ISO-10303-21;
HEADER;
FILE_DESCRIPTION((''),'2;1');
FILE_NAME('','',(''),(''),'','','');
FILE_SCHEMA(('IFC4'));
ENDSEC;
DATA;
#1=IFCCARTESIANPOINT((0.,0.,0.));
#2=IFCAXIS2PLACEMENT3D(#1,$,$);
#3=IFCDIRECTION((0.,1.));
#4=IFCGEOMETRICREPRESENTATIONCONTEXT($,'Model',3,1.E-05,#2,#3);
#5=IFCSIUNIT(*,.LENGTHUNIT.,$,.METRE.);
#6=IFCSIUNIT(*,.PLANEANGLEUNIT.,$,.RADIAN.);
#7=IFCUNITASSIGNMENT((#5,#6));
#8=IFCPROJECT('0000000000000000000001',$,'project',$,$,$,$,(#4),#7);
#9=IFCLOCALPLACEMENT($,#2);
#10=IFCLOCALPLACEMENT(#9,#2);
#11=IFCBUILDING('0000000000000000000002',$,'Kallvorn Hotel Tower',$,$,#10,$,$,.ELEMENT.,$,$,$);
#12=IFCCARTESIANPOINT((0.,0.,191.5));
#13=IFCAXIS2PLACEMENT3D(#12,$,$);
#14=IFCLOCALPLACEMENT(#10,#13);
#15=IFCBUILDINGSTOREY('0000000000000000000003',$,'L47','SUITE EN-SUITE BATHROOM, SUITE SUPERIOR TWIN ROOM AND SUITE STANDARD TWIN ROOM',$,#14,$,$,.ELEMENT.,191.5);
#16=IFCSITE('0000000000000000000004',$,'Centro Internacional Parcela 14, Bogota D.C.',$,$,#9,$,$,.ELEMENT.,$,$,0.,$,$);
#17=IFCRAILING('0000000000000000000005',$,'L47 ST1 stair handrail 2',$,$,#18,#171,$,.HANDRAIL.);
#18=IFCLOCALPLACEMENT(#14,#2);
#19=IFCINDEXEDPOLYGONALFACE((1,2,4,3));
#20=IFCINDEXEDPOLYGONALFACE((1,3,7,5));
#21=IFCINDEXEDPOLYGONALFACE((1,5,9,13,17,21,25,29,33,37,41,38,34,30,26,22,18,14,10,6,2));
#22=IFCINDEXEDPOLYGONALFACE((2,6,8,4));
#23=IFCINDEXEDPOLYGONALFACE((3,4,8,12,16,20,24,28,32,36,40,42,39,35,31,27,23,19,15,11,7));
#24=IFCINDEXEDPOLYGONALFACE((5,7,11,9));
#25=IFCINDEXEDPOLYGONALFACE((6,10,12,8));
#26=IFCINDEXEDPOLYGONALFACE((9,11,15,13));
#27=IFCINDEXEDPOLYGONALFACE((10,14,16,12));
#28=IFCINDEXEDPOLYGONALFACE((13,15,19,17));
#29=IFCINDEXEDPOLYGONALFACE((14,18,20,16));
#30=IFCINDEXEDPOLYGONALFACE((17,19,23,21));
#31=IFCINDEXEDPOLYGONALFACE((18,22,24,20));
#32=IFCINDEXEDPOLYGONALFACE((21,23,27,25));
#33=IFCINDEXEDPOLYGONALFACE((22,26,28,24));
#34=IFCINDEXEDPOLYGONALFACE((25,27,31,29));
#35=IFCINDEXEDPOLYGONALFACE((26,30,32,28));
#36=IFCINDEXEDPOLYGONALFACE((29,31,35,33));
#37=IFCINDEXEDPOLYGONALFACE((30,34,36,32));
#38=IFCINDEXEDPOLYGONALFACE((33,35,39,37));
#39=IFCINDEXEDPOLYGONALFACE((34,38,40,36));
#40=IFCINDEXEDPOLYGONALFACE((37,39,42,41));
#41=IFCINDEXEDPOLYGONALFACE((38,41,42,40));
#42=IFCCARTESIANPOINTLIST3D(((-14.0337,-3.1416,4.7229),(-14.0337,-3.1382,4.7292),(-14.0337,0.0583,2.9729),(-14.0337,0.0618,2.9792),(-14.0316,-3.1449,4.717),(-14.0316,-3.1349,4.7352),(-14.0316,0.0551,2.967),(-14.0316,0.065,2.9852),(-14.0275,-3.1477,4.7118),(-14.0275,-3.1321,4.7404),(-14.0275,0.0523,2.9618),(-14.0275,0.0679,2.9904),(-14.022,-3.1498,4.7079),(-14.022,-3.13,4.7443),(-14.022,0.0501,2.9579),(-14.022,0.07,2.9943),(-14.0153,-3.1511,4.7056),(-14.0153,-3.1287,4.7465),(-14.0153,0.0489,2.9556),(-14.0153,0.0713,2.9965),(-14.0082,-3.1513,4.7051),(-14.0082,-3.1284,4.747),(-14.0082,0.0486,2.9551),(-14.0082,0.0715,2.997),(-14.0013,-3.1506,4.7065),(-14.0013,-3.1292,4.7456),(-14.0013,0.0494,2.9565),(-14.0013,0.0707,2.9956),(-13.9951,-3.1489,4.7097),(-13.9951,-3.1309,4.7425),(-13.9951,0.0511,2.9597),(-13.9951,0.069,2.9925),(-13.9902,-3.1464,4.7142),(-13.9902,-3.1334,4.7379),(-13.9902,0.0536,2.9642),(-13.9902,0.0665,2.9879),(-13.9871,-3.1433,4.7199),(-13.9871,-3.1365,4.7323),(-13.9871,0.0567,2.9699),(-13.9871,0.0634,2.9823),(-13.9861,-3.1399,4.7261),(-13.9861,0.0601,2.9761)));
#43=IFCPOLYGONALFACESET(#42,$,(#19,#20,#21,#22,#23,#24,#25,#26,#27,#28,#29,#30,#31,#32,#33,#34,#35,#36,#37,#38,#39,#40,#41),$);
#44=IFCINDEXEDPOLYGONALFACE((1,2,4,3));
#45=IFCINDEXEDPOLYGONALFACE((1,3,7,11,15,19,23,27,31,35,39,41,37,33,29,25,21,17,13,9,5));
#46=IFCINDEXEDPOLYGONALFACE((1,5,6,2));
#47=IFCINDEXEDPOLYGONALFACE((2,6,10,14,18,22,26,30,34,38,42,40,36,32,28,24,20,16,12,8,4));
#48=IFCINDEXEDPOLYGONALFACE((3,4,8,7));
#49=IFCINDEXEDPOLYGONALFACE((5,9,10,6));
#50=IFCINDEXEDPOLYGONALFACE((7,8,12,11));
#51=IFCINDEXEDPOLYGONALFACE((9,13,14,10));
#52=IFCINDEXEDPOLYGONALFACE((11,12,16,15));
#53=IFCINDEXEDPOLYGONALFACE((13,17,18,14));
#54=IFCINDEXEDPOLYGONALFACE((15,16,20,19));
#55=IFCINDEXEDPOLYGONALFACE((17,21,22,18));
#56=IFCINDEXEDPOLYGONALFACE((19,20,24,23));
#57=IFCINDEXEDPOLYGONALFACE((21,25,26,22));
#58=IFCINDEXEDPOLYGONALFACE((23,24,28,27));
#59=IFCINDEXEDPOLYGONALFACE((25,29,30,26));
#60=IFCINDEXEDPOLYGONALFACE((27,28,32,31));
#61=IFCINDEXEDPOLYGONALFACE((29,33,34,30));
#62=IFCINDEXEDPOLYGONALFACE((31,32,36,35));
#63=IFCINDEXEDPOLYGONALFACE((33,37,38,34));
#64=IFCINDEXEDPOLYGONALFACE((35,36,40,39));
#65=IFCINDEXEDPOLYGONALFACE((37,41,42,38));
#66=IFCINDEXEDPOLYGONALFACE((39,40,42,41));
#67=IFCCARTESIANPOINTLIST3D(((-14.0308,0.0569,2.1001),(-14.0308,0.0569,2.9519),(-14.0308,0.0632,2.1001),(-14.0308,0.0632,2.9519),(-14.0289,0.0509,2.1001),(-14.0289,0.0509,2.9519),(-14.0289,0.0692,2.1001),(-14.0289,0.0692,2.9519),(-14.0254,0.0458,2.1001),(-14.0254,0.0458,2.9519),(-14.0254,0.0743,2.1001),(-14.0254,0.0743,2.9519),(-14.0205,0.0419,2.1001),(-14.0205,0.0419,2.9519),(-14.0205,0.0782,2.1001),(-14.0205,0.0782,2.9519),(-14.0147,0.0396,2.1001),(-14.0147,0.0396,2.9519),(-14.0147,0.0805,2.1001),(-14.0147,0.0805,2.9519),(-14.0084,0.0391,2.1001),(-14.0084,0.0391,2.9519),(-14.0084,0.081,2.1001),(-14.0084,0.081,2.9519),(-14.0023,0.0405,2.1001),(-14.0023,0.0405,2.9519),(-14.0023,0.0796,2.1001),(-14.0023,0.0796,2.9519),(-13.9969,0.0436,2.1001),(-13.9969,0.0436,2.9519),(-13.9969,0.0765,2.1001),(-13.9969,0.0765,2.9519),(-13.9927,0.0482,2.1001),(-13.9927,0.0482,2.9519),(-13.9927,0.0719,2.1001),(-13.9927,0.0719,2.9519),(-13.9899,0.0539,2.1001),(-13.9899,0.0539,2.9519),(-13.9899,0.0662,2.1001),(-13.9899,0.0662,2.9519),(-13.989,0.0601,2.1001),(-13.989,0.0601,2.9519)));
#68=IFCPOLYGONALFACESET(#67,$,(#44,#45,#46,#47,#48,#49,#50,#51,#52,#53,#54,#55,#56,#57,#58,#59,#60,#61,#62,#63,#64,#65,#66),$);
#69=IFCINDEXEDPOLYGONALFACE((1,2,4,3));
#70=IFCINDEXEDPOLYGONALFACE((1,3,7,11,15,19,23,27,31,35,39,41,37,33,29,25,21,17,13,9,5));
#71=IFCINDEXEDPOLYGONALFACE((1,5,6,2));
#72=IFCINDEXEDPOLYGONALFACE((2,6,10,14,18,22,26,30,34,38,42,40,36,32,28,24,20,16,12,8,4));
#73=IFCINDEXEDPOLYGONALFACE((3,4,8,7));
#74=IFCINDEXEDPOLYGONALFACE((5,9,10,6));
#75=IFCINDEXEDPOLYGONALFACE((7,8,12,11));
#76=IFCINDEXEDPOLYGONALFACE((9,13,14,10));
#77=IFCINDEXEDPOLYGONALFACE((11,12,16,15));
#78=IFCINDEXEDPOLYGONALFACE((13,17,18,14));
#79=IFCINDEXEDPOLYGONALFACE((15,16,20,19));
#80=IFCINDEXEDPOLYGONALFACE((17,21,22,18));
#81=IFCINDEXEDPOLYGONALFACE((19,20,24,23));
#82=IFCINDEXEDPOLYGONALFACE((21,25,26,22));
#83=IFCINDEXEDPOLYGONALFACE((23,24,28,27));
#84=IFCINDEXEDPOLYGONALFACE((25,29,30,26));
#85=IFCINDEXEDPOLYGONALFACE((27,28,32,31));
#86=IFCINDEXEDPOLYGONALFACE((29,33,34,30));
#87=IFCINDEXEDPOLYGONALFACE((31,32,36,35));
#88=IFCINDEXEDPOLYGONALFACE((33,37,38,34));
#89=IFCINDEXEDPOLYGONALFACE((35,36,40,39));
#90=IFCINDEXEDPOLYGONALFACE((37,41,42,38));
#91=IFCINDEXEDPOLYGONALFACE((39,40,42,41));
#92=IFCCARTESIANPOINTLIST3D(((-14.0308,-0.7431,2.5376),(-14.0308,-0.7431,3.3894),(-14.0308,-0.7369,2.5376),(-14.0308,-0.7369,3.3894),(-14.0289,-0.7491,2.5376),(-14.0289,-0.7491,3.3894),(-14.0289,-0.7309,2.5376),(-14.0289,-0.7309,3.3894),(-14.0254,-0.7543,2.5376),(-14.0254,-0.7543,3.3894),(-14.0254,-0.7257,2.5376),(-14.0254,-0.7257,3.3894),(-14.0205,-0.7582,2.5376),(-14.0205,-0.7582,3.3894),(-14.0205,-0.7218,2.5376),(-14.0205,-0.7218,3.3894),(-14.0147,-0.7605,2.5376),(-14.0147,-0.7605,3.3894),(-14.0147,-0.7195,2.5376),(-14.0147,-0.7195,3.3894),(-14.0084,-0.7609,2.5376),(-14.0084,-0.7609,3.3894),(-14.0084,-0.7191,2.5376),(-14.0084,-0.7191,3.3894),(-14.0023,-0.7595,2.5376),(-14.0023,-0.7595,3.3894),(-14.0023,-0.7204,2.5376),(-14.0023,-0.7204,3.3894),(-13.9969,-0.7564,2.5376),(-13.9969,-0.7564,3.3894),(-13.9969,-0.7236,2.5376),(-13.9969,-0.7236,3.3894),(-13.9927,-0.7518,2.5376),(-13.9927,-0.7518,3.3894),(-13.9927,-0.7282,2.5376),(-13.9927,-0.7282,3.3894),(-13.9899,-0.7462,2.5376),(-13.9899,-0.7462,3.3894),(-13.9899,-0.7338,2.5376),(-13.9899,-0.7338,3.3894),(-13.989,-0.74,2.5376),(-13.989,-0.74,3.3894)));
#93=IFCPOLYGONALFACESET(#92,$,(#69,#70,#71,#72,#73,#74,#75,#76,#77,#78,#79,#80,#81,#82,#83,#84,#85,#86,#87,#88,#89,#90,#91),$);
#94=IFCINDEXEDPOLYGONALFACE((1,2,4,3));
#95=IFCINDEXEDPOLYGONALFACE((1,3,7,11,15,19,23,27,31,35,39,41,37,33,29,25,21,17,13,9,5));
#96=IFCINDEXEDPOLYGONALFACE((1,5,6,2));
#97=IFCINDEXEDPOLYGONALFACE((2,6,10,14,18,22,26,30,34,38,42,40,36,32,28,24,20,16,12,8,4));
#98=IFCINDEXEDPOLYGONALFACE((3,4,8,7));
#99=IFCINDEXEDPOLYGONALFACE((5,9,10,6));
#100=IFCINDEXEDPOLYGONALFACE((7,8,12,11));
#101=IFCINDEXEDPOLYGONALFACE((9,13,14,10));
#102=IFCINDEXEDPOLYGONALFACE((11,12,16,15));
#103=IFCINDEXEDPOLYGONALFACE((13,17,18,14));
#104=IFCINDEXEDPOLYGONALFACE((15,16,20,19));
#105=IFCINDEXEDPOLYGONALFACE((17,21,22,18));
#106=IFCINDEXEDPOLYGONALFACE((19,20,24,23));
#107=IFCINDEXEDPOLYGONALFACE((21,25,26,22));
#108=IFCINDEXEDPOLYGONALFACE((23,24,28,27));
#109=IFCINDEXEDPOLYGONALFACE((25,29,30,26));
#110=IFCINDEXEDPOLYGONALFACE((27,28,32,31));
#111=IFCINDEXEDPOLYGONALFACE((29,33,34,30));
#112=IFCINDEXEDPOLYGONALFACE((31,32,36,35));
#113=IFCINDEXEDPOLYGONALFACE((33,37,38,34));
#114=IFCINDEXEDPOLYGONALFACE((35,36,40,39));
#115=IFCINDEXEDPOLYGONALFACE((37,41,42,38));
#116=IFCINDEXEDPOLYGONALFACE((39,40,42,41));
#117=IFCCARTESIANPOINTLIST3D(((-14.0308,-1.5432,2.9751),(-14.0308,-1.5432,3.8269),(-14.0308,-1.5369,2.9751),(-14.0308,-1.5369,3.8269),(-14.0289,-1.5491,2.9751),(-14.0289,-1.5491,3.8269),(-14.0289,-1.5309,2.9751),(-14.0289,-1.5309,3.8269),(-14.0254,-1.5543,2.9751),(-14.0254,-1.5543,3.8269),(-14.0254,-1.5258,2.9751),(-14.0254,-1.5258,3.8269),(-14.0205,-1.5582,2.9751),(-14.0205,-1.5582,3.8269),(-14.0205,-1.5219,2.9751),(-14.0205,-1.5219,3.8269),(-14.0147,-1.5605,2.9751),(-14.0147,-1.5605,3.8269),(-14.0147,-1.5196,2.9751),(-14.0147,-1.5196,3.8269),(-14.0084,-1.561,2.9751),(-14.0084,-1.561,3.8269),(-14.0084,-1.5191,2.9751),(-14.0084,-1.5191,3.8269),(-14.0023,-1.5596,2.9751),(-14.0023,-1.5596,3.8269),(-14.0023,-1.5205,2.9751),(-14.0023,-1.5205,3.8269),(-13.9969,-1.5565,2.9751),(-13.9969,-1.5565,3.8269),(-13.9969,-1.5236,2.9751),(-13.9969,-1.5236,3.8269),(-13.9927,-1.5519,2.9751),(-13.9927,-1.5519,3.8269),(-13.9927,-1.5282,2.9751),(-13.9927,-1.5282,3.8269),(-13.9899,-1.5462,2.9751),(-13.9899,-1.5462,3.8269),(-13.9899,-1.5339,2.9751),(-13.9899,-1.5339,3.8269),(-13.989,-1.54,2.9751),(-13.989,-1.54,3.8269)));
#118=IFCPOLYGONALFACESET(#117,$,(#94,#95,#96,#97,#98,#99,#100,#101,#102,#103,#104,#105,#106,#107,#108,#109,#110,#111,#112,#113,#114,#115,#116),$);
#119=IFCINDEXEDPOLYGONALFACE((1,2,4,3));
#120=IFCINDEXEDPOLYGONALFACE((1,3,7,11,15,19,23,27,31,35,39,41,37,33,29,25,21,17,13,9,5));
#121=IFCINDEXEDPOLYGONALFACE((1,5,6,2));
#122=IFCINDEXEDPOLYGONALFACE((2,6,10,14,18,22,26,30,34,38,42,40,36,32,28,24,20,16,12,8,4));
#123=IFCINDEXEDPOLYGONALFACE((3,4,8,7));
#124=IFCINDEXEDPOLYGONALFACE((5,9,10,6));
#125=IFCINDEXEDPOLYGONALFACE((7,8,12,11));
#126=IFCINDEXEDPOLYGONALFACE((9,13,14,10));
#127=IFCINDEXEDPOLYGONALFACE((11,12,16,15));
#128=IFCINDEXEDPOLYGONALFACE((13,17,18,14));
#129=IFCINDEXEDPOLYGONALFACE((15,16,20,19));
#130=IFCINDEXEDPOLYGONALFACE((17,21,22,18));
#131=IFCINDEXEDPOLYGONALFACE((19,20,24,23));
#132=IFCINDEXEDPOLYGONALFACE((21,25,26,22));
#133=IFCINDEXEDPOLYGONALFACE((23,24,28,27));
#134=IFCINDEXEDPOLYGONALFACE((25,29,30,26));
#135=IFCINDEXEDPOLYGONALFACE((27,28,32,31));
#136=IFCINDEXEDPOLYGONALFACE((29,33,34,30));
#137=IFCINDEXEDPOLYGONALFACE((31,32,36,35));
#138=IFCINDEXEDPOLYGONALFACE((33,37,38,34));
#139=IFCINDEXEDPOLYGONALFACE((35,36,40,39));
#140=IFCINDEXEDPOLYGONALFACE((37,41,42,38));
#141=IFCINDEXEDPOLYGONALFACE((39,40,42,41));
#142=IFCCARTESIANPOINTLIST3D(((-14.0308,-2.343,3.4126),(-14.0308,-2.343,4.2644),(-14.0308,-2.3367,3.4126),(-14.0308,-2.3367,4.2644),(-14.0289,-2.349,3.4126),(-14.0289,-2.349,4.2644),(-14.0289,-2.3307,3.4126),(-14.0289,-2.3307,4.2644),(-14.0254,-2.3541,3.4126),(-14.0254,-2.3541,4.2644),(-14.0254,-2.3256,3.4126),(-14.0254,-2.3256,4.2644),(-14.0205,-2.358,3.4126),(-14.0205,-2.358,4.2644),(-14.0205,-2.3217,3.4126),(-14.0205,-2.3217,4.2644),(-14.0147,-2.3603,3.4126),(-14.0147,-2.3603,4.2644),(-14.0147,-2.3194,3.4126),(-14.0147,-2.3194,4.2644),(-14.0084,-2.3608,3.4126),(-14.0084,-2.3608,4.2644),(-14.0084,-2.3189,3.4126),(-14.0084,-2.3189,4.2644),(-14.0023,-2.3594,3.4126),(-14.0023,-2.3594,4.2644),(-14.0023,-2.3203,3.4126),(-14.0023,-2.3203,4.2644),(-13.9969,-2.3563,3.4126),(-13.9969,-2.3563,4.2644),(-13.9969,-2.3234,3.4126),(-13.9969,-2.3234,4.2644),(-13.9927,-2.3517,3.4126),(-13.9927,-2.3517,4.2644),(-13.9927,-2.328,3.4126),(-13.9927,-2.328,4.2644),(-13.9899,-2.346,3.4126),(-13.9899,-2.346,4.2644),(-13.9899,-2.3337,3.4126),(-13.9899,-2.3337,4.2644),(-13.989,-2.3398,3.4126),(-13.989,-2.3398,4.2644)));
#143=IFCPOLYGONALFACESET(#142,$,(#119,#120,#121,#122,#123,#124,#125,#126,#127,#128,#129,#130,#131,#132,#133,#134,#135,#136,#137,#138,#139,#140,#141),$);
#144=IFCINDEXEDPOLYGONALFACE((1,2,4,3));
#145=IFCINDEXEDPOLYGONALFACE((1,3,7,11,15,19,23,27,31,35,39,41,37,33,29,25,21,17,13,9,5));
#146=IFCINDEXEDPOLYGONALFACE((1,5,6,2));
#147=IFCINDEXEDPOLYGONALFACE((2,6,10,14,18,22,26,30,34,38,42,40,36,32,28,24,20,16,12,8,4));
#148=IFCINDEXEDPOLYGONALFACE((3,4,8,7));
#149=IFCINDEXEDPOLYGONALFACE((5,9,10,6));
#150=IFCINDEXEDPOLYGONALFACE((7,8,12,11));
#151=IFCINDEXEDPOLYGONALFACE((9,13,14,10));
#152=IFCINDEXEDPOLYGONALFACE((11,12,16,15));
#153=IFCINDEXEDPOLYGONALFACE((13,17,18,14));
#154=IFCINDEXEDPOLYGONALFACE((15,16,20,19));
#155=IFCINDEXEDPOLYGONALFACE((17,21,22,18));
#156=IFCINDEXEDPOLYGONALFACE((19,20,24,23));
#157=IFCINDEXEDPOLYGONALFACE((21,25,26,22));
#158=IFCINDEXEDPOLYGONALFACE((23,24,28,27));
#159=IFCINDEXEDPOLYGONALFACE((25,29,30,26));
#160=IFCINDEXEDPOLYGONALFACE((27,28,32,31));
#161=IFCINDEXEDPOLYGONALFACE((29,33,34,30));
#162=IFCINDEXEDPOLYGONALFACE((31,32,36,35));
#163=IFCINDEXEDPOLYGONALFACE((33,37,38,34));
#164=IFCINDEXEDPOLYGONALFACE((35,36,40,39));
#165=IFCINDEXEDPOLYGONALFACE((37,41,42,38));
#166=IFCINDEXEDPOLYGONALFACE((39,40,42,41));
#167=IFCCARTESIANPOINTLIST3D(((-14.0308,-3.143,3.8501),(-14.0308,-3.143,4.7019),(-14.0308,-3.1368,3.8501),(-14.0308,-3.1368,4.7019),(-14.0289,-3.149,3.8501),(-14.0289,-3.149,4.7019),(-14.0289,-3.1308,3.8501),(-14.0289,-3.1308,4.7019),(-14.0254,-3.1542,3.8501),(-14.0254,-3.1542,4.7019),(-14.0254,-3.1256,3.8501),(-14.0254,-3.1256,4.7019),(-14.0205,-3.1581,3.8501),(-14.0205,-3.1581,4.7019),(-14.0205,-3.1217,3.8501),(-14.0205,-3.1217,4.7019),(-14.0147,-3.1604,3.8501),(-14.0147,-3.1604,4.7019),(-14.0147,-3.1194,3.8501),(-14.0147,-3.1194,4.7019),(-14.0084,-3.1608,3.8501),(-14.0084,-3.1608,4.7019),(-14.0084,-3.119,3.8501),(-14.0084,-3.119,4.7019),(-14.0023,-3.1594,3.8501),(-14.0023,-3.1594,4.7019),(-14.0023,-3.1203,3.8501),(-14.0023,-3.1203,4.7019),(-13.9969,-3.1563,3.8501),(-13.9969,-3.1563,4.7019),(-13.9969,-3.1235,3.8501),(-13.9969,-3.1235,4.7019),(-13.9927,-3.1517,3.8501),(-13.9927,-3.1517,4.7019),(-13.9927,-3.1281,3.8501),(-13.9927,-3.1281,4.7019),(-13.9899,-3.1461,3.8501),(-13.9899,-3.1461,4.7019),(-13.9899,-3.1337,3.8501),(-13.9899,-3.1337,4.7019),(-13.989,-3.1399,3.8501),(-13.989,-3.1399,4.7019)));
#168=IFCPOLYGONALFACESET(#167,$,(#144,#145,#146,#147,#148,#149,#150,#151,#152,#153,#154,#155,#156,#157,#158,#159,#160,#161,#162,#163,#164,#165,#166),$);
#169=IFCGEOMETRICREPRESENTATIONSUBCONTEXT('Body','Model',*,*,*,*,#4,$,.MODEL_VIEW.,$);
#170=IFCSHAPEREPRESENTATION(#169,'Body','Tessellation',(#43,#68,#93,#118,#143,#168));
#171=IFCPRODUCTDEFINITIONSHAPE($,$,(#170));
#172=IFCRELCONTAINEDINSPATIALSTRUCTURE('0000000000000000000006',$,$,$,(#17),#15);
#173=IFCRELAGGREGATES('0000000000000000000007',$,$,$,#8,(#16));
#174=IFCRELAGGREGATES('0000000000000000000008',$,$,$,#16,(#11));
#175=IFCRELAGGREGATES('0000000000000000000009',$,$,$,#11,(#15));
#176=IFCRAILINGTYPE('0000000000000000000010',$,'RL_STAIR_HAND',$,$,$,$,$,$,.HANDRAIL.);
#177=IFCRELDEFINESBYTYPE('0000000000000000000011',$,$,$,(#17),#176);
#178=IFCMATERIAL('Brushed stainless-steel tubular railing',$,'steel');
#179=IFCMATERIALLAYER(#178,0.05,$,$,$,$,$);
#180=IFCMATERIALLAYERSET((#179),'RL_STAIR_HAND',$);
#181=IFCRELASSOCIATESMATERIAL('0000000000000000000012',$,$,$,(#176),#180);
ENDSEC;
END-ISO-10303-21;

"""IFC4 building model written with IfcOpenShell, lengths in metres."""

from ifc_helpers import new_model, si_unit, direction, frame, origin, origin_2d, place, context, subcontext, project, spatial, circle, extrude, material, layer, layer_set, type_object, element, save


model = new_model("IFC4")

# Units and contexts
model_context = context("Model", 3, precision=1e-05, world=origin(), true_north=direction((0.0, 1.0)))
body_context = subcontext(model_context, "Body", "Model", "MODEL_VIEW")
ifc_project = project(units=[si_unit("LENGTHUNIT", "METRE"), si_unit("PLANEANGLEUNIT", "RADIAN")], contexts=[model_context])

# Site, building, storey
site_placement = place(None, origin())
site = spatial("IfcSite", under=ifc_project, at=site_placement, Name="Centro Internacional Parcela 14, Bogota D.C.", CompositionType="ELEMENT", RefElevation=0.0)
building_placement = place(site_placement, origin())
building = spatial("IfcBuilding", under=site, at=building_placement, Name="Kallvorn Hotel Tower", CompositionType="ELEMENT")
storey_placement = place(building_placement, frame((0.0, 0.0, 191.5)))
storey = spatial("IfcBuildingStorey", under=building, at=storey_placement, Name="L47", Description="SUITE EN-SUITE BATHROOM, SUITE SUPERIOR TWIN ROOM AND SUITE STANDARD TWIN ROOM", CompositionType="ELEMENT", Elevation=191.5)

# Railing
ifc_material_1 = material(Name="Brushed stainless-steel tubular railing", Category="steel")
ifc_layer_1 = layer(ifc_material_1, 0.05)
ifc_layer_set_1 = layer_set([ifc_layer_1], Name="RL_STAIR_HAND")
railing_type_1 = type_object("IfcRailingType", Name="RL_STAIR_HAND", PredefinedType="HANDRAIL", material=ifc_layer_set_1)
railing_1_placement = place(storey_placement, frame((-14.01, 0.0601, 2.1001)))
element("IfcRailing", 1, at=railing_1_placement, inside=storey, type_object=railing_type_1, Name="L47 ST1 stair handrail 2", PredefinedType="HANDRAIL", context=body_context, shape_type="SweptSolid", body=[
    extrude(circle(Radius=0.0239, at=origin_2d()), frame((0.0, 0.0, 0.876), z_axis=(0.0, -0.877368, 0.479818), x_axis=(1.0, 0.0, 0.0)), (0.0, 0.0, 1.0), 3.6472),
    extrude(circle(Radius=0.021, at=origin_2d()), origin(), (0.0, 0.0, 1.0), 0.8518),
    extrude(circle(Radius=0.021, at=origin_2d()), frame((0.0, -0.8, 0.4375)), (0.0, 0.0, 1.0), 0.8518),
    extrude(circle(Radius=0.021, at=origin_2d()), frame((0.0, -1.6001, 0.875)), (0.0, 0.0, 1.0), 0.8518),
    extrude(circle(Radius=0.021, at=origin_2d()), frame((0.0, -2.3999, 1.3125)), (0.0, 0.0, 1.0), 0.8518),
    extrude(circle(Radius=0.021, at=origin_2d()), frame((0.0, -3.2, 1.75)), (0.0, 0.0, 1.0), 0.8518),
])

save(model, "model.ifc")
